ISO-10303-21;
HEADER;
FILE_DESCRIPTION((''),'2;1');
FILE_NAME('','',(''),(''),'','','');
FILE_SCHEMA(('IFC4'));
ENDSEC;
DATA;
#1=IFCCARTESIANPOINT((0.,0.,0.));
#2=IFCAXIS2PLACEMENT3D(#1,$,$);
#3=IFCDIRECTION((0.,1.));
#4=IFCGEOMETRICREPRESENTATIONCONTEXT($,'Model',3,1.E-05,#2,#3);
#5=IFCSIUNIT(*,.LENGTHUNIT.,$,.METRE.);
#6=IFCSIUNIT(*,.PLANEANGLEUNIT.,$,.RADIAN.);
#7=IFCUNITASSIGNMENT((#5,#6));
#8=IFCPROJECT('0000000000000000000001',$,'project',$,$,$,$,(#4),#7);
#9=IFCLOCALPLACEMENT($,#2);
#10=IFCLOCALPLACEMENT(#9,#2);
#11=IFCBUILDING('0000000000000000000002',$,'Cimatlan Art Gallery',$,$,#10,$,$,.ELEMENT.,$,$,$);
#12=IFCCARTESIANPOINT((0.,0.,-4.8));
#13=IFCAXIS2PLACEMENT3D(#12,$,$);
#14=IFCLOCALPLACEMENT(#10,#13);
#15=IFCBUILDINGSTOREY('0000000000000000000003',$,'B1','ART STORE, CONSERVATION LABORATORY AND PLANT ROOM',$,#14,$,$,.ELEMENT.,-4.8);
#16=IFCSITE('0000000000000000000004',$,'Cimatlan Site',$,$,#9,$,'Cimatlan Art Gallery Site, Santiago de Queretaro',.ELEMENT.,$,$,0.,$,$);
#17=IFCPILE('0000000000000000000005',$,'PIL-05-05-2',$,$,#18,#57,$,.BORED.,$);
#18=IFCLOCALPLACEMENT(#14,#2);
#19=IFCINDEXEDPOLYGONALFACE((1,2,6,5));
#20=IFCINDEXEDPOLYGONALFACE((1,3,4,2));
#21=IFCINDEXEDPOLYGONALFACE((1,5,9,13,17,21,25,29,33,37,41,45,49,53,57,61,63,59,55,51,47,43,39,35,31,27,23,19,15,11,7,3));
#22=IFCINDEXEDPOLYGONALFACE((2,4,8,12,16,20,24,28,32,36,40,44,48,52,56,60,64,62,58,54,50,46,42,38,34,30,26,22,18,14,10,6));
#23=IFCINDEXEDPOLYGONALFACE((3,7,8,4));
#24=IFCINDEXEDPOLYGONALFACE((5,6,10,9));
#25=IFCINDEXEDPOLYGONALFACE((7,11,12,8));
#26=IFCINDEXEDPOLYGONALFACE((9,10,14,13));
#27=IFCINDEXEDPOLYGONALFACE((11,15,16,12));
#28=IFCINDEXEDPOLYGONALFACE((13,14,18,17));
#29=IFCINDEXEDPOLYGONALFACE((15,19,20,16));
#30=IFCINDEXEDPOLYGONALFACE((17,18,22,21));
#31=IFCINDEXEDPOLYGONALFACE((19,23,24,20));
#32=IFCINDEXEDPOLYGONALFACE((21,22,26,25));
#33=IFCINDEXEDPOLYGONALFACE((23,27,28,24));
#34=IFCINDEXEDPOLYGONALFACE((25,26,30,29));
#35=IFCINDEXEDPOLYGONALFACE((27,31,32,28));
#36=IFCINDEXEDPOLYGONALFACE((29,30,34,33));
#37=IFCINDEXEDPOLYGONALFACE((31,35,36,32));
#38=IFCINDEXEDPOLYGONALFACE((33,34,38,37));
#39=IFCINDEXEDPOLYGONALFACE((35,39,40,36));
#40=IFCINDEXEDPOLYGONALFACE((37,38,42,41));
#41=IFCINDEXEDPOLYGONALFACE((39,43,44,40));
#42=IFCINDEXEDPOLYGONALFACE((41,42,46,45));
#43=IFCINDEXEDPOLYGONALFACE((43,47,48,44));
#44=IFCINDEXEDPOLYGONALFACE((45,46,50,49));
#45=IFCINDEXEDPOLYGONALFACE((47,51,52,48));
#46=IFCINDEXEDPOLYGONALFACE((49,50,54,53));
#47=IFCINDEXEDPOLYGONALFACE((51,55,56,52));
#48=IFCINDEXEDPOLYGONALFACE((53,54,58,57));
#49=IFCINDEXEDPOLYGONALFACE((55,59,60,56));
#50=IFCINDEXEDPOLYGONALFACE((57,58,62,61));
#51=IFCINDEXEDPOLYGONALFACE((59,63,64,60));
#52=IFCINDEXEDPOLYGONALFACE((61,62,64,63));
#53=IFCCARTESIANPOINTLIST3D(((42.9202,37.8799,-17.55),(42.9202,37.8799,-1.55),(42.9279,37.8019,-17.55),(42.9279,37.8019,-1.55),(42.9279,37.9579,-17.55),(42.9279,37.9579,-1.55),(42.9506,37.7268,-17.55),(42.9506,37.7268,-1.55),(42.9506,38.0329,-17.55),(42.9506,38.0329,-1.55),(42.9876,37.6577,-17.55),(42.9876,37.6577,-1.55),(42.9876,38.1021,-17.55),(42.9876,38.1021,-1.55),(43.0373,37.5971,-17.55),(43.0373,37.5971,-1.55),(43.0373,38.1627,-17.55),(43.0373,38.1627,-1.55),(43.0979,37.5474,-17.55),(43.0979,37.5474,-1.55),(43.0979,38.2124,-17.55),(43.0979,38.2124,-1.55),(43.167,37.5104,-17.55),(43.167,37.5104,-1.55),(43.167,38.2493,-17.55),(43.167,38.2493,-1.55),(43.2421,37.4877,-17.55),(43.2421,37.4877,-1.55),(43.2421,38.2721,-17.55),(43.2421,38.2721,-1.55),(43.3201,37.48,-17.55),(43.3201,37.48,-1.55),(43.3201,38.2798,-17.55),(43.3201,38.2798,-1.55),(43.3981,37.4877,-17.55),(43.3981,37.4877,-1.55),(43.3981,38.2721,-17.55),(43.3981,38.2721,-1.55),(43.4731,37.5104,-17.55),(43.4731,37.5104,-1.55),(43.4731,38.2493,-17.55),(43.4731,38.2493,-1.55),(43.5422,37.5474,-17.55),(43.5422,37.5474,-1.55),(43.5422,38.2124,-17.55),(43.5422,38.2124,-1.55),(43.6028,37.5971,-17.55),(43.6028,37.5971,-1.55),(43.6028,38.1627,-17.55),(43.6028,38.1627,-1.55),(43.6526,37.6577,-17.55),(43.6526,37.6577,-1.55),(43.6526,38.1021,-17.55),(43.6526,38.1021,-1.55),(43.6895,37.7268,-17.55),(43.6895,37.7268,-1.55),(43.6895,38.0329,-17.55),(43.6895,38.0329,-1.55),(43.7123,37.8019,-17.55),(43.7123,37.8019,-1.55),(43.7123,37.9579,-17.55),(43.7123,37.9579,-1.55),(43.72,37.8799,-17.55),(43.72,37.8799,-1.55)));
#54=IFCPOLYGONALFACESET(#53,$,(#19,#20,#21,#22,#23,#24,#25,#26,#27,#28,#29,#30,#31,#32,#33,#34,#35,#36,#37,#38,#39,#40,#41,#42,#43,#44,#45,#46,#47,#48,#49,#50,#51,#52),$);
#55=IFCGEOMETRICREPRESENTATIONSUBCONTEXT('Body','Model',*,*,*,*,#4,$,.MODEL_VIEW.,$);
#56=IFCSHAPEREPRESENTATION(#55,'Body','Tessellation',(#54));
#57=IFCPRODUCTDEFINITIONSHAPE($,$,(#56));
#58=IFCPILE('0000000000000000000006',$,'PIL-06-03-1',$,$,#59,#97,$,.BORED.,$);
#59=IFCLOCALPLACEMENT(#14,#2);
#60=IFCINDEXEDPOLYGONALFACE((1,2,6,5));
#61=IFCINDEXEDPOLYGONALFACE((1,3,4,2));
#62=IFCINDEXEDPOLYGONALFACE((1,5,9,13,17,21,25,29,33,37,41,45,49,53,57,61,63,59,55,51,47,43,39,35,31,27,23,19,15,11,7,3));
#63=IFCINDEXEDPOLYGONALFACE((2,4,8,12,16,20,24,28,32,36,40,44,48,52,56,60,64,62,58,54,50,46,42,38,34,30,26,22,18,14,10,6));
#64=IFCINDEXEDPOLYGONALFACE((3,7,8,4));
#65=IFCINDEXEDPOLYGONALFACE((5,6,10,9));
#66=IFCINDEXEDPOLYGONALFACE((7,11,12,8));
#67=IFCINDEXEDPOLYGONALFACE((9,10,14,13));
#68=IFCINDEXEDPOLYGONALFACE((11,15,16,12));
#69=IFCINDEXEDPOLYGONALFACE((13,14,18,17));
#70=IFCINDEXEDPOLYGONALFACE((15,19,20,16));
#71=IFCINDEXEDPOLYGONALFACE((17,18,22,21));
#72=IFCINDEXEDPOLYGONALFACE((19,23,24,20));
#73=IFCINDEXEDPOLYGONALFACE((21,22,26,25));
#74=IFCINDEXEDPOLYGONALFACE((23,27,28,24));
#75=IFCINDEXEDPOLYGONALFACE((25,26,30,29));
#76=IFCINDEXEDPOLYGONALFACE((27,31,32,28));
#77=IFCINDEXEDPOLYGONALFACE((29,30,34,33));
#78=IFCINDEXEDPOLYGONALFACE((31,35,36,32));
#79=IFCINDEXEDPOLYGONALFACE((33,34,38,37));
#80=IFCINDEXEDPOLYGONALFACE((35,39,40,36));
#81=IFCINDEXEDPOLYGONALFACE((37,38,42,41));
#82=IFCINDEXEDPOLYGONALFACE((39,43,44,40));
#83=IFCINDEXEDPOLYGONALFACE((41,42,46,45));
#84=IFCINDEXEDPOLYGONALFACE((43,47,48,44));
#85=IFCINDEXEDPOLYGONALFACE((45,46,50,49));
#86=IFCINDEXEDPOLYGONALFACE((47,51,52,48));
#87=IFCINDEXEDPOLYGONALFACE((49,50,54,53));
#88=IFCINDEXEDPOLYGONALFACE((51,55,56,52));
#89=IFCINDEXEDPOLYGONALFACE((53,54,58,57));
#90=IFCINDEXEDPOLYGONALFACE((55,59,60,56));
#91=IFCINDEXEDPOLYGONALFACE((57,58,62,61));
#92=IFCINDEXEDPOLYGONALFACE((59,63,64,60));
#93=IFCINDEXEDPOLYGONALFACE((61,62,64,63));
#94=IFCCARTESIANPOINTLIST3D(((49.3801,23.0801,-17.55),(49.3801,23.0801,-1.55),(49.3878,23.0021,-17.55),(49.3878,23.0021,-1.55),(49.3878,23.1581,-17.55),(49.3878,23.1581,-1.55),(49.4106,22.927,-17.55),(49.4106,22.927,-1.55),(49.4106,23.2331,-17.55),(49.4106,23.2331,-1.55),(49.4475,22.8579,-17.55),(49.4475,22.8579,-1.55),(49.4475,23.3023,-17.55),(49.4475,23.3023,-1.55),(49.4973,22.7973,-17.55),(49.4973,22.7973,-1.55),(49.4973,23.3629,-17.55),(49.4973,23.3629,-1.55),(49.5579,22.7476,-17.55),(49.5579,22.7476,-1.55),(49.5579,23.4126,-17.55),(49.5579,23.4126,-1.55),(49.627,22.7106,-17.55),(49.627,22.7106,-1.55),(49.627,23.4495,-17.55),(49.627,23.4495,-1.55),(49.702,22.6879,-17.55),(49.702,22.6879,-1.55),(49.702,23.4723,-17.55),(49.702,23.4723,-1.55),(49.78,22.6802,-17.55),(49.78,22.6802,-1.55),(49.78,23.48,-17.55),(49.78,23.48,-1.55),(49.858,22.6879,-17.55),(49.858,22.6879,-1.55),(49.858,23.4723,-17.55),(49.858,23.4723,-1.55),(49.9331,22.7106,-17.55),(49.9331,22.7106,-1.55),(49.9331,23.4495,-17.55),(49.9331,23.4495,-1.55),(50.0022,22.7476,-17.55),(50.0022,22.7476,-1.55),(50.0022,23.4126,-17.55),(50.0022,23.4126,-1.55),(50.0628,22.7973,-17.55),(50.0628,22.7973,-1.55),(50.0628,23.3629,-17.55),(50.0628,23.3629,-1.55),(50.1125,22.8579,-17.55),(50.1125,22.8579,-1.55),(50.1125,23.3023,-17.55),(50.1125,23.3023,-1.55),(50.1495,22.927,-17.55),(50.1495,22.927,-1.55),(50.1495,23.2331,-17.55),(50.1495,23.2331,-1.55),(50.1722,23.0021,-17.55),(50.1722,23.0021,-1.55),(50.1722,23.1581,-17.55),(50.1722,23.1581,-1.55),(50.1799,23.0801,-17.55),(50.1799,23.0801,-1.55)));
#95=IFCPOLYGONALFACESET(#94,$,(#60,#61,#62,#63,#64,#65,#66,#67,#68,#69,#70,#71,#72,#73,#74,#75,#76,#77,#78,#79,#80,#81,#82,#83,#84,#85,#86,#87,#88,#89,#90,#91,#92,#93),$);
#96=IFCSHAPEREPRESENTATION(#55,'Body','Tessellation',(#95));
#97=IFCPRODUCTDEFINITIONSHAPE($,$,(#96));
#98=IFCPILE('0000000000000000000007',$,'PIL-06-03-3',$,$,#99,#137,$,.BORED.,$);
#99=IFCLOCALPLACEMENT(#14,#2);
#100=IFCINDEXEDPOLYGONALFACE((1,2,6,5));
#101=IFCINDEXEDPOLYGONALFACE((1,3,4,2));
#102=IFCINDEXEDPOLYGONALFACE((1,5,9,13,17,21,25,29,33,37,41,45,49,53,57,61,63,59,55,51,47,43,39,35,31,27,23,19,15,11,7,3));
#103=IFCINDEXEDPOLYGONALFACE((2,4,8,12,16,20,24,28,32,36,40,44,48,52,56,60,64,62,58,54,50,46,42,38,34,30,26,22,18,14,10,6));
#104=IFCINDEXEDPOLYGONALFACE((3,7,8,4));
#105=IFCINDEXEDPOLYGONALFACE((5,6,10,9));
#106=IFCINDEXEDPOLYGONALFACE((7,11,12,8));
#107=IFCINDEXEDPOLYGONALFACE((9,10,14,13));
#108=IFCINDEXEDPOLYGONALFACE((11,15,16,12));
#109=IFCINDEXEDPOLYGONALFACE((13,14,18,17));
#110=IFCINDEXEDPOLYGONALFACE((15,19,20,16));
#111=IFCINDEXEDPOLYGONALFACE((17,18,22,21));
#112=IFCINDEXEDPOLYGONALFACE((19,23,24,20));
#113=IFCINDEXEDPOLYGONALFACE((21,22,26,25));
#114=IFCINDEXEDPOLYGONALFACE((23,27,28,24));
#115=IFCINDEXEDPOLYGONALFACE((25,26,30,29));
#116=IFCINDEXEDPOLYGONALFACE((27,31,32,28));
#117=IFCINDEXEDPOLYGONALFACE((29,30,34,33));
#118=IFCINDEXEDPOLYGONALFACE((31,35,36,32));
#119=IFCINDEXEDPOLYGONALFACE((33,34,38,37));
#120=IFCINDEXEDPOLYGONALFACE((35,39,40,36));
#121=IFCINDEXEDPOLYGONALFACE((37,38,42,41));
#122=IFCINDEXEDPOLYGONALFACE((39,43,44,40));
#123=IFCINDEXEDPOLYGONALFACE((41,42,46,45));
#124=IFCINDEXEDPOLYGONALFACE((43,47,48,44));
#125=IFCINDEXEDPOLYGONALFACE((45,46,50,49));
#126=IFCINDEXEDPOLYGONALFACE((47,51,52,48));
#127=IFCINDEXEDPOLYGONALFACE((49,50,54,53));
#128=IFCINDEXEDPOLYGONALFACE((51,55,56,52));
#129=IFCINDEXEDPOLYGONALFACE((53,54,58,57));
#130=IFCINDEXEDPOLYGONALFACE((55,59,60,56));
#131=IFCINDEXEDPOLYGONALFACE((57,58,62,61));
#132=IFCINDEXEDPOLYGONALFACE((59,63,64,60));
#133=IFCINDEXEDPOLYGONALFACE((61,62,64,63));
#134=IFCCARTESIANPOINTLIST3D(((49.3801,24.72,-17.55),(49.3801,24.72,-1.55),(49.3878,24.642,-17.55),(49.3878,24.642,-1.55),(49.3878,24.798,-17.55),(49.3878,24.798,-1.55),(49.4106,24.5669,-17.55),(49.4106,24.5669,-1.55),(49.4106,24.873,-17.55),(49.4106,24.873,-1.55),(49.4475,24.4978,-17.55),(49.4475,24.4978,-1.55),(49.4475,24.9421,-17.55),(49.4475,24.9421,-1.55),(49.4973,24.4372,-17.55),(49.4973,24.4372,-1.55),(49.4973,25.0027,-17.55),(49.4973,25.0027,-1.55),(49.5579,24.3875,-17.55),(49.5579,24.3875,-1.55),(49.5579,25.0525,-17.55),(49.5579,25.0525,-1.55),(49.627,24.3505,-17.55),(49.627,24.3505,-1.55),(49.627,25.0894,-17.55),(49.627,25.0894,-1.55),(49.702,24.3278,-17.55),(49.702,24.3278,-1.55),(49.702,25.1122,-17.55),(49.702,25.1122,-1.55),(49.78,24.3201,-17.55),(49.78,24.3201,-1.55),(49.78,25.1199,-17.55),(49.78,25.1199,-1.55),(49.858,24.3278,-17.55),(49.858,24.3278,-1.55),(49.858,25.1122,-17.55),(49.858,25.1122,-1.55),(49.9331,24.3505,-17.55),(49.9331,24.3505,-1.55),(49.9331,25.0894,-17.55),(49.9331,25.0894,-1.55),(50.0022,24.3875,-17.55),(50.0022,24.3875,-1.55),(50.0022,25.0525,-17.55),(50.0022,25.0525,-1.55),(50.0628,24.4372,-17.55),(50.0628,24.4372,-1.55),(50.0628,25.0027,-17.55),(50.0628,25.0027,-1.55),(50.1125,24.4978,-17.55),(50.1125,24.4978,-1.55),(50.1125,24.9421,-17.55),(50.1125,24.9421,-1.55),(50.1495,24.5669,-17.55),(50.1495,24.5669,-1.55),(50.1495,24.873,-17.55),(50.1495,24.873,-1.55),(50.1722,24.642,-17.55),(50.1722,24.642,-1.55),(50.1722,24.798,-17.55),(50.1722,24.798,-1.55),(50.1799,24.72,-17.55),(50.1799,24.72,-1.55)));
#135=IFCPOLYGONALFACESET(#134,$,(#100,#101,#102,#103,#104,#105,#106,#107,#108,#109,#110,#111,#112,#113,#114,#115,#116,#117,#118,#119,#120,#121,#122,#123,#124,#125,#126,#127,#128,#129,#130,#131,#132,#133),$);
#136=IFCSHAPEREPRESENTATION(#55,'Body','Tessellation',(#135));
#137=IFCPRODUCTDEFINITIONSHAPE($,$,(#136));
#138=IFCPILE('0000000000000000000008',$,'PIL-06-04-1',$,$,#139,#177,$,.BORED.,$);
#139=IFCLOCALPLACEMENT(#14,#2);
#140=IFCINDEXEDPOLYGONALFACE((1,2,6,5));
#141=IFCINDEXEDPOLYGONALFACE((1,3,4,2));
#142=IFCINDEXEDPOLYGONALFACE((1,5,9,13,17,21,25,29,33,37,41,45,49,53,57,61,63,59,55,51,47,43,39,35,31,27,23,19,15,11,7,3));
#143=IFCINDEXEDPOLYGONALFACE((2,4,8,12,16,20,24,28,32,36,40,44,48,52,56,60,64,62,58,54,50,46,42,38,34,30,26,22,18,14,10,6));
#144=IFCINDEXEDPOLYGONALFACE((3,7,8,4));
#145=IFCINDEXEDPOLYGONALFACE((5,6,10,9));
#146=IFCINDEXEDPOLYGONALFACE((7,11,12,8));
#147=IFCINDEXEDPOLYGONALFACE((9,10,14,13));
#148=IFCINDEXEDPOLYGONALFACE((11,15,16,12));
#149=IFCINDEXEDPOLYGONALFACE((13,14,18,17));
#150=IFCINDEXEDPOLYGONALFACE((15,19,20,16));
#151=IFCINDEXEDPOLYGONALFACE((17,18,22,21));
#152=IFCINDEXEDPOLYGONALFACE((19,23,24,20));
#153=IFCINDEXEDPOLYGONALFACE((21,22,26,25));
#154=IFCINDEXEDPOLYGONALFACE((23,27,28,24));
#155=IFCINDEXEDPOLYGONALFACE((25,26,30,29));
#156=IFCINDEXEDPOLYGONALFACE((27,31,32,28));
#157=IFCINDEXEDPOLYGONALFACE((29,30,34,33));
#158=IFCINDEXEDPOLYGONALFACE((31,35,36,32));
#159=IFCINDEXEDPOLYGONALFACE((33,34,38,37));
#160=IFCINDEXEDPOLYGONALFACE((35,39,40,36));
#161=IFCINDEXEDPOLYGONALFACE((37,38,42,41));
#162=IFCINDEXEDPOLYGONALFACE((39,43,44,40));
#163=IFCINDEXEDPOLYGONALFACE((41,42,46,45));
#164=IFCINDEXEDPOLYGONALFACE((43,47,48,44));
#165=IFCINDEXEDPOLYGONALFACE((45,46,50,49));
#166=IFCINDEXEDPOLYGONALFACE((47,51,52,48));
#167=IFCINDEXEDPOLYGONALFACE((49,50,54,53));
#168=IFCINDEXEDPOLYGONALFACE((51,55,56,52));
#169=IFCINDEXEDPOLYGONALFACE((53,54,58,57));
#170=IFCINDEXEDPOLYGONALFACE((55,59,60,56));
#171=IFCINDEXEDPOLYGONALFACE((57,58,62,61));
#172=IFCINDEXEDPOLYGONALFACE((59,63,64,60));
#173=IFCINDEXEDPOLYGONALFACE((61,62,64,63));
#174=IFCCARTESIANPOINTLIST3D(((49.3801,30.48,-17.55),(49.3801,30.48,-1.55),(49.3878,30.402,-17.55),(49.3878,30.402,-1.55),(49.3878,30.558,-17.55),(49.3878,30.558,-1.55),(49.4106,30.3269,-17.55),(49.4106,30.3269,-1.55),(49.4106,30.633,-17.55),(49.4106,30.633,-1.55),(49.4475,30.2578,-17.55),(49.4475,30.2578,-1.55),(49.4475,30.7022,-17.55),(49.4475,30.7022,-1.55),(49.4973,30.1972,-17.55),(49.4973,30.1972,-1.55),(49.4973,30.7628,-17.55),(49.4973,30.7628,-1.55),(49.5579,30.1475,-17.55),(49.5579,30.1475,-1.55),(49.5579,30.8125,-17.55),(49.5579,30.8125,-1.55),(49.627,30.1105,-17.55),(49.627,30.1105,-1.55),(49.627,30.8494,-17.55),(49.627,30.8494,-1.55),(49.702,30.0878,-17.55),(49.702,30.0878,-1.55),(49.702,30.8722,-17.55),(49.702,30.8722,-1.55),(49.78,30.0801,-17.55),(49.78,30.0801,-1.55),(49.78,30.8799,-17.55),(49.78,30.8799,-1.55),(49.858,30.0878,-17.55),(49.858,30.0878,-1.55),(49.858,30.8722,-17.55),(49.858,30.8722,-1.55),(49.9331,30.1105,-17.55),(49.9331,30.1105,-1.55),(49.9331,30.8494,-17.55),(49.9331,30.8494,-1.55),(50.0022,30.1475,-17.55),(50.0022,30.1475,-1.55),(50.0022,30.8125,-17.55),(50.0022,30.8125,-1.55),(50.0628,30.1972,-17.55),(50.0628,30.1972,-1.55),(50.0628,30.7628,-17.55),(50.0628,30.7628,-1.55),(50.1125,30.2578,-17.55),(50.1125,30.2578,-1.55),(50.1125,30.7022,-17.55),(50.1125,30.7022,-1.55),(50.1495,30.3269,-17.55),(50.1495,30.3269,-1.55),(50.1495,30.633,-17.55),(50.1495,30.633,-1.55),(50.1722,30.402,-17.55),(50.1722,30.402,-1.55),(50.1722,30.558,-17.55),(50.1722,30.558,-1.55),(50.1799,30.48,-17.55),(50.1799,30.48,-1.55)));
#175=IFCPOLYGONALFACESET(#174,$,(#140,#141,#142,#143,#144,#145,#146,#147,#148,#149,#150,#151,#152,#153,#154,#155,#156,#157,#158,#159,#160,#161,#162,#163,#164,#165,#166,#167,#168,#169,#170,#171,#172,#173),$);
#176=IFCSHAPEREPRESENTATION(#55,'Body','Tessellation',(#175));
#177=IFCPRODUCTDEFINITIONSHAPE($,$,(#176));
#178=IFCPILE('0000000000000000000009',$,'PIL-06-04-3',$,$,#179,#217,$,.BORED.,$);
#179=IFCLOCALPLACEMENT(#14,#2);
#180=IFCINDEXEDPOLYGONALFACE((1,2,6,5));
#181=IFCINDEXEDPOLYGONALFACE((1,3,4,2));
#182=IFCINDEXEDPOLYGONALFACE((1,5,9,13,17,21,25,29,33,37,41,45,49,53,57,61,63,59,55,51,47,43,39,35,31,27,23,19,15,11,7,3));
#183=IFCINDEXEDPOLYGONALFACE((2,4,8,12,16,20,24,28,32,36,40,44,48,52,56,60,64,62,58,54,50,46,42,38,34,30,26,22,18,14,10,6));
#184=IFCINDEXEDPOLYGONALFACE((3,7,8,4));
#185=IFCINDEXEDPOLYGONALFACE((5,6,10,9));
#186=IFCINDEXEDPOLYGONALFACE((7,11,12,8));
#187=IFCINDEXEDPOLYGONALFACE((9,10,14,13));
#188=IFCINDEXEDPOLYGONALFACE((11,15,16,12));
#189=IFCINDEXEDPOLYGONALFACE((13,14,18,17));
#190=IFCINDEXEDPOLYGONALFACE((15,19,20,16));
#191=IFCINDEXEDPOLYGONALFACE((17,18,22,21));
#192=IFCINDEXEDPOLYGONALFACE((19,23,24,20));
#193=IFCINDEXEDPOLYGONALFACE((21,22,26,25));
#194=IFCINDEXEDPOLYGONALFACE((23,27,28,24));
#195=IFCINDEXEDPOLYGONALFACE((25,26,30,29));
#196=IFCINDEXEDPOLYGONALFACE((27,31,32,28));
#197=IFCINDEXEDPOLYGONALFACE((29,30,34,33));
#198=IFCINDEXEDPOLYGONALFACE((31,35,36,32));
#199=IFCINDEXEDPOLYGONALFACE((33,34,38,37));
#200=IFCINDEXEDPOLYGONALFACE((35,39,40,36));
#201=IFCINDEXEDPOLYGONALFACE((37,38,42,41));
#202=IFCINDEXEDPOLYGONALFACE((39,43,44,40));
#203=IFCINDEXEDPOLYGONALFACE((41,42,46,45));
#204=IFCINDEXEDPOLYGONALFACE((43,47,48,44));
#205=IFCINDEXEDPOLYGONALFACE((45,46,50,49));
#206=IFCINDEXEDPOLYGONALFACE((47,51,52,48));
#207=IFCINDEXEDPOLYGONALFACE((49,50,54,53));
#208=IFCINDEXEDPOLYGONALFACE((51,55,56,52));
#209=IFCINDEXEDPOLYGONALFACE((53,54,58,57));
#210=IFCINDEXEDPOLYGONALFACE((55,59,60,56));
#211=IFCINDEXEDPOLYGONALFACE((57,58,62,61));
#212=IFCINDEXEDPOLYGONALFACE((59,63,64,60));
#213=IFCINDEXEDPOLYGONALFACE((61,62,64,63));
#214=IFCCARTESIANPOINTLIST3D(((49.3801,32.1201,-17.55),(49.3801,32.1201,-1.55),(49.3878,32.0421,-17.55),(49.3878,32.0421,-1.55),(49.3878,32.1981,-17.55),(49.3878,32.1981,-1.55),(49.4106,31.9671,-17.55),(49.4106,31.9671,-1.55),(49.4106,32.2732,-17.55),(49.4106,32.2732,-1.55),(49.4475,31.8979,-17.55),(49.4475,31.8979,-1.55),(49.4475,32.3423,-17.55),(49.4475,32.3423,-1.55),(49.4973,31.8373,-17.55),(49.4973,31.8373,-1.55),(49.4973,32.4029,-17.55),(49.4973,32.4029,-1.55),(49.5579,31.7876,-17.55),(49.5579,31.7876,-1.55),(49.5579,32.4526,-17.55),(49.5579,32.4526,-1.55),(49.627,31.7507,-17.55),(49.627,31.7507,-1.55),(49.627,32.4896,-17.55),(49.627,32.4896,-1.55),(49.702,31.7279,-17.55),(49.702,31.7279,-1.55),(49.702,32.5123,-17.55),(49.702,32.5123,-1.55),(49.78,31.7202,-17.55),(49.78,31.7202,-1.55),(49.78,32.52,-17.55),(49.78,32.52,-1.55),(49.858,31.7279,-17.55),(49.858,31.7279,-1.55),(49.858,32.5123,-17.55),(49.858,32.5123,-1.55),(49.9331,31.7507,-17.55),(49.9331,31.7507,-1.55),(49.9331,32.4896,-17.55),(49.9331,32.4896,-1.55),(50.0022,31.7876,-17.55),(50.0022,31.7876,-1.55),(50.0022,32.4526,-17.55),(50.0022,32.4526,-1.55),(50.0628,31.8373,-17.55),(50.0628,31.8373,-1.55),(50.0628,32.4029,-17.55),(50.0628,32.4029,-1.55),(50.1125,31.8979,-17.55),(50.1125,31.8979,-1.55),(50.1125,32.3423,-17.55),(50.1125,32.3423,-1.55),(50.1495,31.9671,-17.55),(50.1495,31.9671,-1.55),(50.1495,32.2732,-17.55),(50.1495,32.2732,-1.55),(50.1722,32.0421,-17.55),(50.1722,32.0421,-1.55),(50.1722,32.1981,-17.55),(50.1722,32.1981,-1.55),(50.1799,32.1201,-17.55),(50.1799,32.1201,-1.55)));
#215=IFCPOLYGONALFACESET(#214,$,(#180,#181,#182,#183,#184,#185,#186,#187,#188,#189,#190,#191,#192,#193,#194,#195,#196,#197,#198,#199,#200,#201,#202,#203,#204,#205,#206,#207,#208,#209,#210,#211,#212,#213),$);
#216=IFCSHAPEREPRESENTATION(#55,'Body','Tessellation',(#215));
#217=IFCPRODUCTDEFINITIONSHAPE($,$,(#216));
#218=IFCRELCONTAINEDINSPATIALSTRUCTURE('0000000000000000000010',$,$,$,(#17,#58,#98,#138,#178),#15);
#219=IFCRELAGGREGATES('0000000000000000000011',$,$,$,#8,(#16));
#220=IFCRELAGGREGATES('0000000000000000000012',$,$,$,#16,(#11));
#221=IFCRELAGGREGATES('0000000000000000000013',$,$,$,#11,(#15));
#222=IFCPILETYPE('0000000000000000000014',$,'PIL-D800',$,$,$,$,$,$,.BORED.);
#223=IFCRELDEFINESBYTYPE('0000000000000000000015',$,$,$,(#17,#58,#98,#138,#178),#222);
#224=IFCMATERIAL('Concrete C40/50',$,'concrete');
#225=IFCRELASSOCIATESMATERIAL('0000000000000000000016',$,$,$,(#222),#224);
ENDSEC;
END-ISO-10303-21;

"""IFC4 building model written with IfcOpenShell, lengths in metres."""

from ifc_helpers import new_model, si_unit, direction, frame, origin, origin_2d, place, context, subcontext, project, spatial, circle, extrude, material, type_object, element, save


model = new_model("IFC4")

# Units and contexts
model_context = context("Model", 3, precision=1e-05, world=origin(), true_north=direction((0.0, 1.0)))
body_context = subcontext(model_context, "Body", "Model", "MODEL_VIEW")
ifc_project = project(units=[si_unit("LENGTHUNIT", "METRE"), si_unit("PLANEANGLEUNIT", "RADIAN")], contexts=[model_context])

# Site, building, storey
site_placement = place(None, origin())
site = spatial("IfcSite", under=ifc_project, at=site_placement, Name="Cimatlan Site", LongName="Cimatlan Art Gallery Site, Santiago de Queretaro", CompositionType="ELEMENT", RefElevation=0.0)
building_placement = place(site_placement, origin())
building = spatial("IfcBuilding", under=site, at=building_placement, Name="Cimatlan Art Gallery", CompositionType="ELEMENT")
storey_placement = place(building_placement, frame((0.0, 0.0, -4.8)))
storey = spatial("IfcBuildingStorey", under=building, at=storey_placement, Name="B1", Description="ART STORE, CONSERVATION LABORATORY AND PLANT ROOM", CompositionType="ELEMENT", Elevation=-4.8)

# Shared definitions
ifc_material_1 = material(Name="Concrete C40/50", Category="concrete")

# Piles
pile_type = type_object("IfcPileType", Name="PIL-D800", PredefinedType="BORED", material=ifc_material_1)
for number, where, z_axis, x_axis, name in (
    (1, (43.3201, 37.8799, -1.55), (0.0, 0.0, -1.0), (1.0, 0.0, 0.0), "PIL-05-05-2"),
    (2, (49.78, 23.0801, -1.55), (0.0, 0.0, -1.0), (1.0, 0.0, 0.0), "PIL-06-03-1"),
    (3, (49.78, 24.72, -1.55), (0.0, 0.0, -1.0), (1.0, 0.0, 0.0), "PIL-06-03-3"),
    (4, (49.78, 30.48, -1.55), (0.0, 0.0, -1.0), (1.0, 0.0, 0.0), "PIL-06-04-1"),
    (5, (49.78, 32.1201, -1.55), (0.0, 0.0, -1.0), (1.0, 0.0, 0.0), "PIL-06-04-3"),
):
    element("IfcPile", number, at=place(storey_placement, frame(where, z_axis=z_axis, x_axis=x_axis)), inside=storey, type_object=pile_type, Name=name, PredefinedType="BORED", context=body_context, shape_type="SweptSolid", body=[
        extrude(circle(Radius=0.3999, at=origin_2d()), origin(), (0.0, 0.0, 1.0), 16.0),
    ])

save(model, "model.ifc")
